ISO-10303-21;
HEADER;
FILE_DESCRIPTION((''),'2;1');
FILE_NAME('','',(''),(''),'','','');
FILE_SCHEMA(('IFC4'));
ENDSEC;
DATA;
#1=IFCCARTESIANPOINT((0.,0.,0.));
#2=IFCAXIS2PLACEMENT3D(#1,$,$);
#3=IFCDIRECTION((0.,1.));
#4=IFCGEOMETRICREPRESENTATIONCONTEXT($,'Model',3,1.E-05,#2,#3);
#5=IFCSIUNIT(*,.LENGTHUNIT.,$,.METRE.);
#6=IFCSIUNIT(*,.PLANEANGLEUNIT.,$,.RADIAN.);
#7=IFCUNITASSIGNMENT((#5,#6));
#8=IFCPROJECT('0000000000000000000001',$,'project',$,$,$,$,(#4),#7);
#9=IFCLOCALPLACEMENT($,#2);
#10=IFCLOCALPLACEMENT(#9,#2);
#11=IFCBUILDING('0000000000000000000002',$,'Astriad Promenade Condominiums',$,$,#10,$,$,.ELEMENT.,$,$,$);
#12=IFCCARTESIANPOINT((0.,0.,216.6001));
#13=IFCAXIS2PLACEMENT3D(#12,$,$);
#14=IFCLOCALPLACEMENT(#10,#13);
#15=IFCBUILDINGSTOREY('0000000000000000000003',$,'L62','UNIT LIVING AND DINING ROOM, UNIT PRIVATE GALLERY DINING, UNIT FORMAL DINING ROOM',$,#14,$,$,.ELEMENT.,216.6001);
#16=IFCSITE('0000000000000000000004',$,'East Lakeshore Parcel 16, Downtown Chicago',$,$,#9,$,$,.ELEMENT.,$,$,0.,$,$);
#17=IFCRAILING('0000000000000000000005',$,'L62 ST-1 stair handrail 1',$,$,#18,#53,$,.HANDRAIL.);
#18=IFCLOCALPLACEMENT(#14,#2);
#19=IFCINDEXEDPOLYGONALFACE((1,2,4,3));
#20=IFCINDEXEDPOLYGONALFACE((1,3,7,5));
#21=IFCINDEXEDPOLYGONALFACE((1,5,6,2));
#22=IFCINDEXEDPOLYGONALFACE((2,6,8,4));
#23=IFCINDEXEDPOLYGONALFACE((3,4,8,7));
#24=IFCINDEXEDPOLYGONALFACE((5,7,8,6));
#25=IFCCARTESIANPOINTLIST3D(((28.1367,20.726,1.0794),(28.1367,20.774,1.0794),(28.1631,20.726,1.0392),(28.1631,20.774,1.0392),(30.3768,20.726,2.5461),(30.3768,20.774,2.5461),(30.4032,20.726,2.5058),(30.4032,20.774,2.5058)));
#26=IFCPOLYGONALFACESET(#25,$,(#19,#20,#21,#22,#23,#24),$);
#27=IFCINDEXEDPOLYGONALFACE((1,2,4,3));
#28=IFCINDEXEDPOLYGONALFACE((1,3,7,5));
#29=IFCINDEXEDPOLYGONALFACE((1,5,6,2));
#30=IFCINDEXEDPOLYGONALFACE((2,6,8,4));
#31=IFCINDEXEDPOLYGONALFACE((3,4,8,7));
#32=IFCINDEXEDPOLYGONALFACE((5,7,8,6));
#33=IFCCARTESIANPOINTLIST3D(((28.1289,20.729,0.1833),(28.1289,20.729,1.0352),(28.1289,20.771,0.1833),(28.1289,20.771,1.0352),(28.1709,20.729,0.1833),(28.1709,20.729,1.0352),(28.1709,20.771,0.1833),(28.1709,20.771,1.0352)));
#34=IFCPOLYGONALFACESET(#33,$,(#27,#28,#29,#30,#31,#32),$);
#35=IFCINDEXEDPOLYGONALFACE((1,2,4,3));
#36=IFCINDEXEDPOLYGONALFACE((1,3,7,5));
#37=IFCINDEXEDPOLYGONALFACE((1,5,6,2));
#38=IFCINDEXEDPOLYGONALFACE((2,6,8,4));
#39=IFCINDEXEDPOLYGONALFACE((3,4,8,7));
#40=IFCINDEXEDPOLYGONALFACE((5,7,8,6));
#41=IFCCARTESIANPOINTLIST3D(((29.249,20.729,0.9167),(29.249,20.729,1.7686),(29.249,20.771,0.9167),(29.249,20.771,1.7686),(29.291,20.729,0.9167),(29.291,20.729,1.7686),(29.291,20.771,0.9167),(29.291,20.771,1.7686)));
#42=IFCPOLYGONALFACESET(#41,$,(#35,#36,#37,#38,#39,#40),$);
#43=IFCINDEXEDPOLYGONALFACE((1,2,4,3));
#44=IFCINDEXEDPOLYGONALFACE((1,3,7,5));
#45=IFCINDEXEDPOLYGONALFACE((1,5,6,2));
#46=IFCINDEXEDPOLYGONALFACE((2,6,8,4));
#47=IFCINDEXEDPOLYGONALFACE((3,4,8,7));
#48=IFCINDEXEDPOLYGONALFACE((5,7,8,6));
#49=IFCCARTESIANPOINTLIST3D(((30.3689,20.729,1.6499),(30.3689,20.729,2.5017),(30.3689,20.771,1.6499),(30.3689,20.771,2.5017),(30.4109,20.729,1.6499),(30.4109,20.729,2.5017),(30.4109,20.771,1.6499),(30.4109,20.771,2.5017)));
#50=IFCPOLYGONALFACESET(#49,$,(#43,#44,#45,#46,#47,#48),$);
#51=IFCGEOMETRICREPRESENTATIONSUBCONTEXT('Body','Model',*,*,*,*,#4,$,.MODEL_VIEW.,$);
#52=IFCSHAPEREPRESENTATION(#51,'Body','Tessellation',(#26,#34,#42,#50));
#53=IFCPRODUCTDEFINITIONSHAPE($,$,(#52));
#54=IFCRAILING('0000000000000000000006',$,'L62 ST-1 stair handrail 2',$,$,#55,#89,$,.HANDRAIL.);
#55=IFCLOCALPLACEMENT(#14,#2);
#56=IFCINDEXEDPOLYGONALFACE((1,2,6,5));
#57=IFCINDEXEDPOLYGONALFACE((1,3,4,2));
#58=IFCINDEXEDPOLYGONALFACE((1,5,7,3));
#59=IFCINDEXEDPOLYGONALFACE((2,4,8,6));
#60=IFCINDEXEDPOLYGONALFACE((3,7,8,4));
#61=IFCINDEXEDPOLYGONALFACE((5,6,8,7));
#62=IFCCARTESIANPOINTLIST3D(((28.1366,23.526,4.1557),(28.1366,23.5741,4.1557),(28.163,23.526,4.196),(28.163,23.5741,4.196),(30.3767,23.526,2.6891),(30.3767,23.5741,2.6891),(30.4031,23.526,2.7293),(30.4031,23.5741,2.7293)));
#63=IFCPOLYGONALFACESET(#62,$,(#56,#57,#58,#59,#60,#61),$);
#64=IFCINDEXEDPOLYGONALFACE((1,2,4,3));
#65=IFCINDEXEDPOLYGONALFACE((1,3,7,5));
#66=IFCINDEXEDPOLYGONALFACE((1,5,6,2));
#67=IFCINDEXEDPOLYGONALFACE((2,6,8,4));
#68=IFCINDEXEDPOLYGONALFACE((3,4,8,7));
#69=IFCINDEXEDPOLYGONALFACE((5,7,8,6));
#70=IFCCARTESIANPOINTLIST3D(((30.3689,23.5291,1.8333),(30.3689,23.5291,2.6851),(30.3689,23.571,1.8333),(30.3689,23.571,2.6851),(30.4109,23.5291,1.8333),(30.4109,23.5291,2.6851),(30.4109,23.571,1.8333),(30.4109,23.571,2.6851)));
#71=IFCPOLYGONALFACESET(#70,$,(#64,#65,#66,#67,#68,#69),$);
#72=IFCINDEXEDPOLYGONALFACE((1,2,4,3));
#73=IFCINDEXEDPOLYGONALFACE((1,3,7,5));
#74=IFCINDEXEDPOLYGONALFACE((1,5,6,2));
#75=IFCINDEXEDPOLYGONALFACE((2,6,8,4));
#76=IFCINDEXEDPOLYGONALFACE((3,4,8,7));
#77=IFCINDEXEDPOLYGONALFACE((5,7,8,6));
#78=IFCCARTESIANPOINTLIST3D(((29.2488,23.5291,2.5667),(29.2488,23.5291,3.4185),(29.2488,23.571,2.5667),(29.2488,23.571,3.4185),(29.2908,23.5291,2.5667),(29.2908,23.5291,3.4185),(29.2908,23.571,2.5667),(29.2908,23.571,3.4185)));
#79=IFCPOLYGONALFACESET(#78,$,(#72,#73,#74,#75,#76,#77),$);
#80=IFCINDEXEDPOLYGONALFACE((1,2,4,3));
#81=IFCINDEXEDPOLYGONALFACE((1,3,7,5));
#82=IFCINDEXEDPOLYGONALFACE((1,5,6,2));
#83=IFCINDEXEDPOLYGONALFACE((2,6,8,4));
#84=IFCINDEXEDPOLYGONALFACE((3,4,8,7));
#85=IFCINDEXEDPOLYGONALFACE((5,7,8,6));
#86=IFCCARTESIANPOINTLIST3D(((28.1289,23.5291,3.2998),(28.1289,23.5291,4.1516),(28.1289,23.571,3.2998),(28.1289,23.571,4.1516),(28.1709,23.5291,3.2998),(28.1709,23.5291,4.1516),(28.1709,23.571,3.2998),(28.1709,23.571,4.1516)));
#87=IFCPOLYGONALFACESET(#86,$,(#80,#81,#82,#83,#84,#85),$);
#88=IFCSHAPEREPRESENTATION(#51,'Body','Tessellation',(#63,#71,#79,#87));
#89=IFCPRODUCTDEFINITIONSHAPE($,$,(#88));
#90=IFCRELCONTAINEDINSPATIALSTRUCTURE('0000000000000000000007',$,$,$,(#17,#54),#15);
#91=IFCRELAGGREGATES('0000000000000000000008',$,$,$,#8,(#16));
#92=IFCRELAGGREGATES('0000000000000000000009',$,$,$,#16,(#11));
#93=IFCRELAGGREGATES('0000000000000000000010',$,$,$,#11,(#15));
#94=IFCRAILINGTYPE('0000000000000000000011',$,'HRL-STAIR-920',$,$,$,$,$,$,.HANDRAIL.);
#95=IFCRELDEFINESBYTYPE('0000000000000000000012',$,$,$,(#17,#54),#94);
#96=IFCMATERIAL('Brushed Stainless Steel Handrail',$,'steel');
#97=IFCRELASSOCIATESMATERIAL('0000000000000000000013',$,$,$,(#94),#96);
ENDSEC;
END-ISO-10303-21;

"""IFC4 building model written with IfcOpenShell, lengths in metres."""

from ifc_helpers import new_model, si_unit, direction, frame, origin, origin_2d, place, context, subcontext, project, spatial, rectangle, extrude, source, transform, mapped, material, type_object, type_shapes, element, save


model = new_model("IFC4")

# Units and contexts
model_context = context("Model", 3, precision=1e-05, world=origin(), true_north=direction((0.0, 1.0)))
body_context = subcontext(model_context, "Body", "Model", "MODEL_VIEW")
ifc_project = project(units=[si_unit("LENGTHUNIT", "METRE"), si_unit("PLANEANGLEUNIT", "RADIAN")], contexts=[model_context])

# Site, building, storey
site_placement = place(None, origin())
site = spatial("IfcSite", under=ifc_project, at=site_placement, Name="East Lakeshore Parcel 16, Downtown Chicago", CompositionType="ELEMENT", RefElevation=0.0)
building_placement = place(site_placement, origin())
building = spatial("IfcBuilding", under=site, at=building_placement, Name="Astriad Promenade Condominiums", CompositionType="ELEMENT")
storey_placement = place(building_placement, frame((0.0, 0.0, 216.6001)))
storey = spatial("IfcBuildingStorey", under=building, at=storey_placement, Name="L62", Description="UNIT LIVING AND DINING ROOM, UNIT PRIVATE GALLERY DINING, UNIT FORMAL DINING ROOM", CompositionType="ELEMENT", Elevation=216.6001)

# Railings
ifc_material_1 = material(Name="Brushed Stainless Steel Handrail", Category="steel")
railing_type_1 = type_object("IfcRailingType", Name="HRL-STAIR-920", PredefinedType="HANDRAIL", material=ifc_material_1)
shared_shape_1 = source(origin(), body_context, "Body", "SweptSolid", [
    extrude(rectangle(XDim=0.0481, YDim=0.0481, at=origin_2d()), frame((0.0, 0.0, 0.876), z_axis=(0.836637, 0.0, 0.547758), x_axis=(0.0, 1.0, 0.0)), (0.0, 0.0, 1.0), 2.6775),
    extrude(rectangle(XDim=0.042, YDim=0.042, at=origin_2d()), origin(), (0.0, 0.0, 1.0), 0.8518),
    extrude(rectangle(XDim=0.042, YDim=0.042, at=origin_2d()), frame((1.1201, 0.0, 0.7334)), (0.0, 0.0, 1.0), 0.8518),
    extrude(rectangle(XDim=0.042, YDim=0.042, at=origin_2d()), frame((2.24, 0.0, 1.4666)), (0.0, 0.0, 1.0), 0.8518),
])
railing_1_placement = place(storey_placement, frame((28.1499, 20.75, 0.1833)))
element("IfcRailing", 1, at=railing_1_placement, inside=storey, type_object=railing_type_1, Name="L62 ST-1 stair handrail 1", PredefinedType="HANDRAIL", context=body_context, shape_type="MappedRepresentation", body=[
    mapped(shared_shape_1, transform((0.0, 0.0, 0.0), scale=1.0)),
])
shared_shape_2 = source(origin(), body_context, "Body", "SweptSolid", [
    extrude(rectangle(XDim=0.0481, YDim=0.0481, at=origin_2d()), frame((0.0, 0.0, 0.876), z_axis=(-0.836637, 0.0, 0.547758), x_axis=(0.0, -1.0, 0.0)), (0.0, 0.0, 1.0), 2.6775),
    extrude(rectangle(XDim=0.042, YDim=0.042, at=origin_2d()), origin(), (0.0, 0.0, 1.0), 0.8518),
    extrude(rectangle(XDim=0.042, YDim=0.042, at=origin_2d()), frame((-1.1201, 0.0, 0.7334)), (0.0, 0.0, 1.0), 0.8518),
    extrude(rectangle(XDim=0.042, YDim=0.042, at=origin_2d()), frame((-2.24, 0.0, 1.4666)), (0.0, 0.0, 1.0), 0.8518),
])
type_shapes(railing_type_1, [shared_shape_1, shared_shape_2])
railing_2_placement = place(storey_placement, frame((30.3899, 23.55, 1.8333)))
element("IfcRailing", 2, at=railing_2_placement, inside=storey, type_object=railing_type_1, Name="L62 ST-1 stair handrail 2", PredefinedType="HANDRAIL", context=body_context, shape_type="MappedRepresentation", body=[
    mapped(shared_shape_2, transform((0.0, 0.0, 0.0), scale=1.0)),
])

save(model, "model.ifc")
